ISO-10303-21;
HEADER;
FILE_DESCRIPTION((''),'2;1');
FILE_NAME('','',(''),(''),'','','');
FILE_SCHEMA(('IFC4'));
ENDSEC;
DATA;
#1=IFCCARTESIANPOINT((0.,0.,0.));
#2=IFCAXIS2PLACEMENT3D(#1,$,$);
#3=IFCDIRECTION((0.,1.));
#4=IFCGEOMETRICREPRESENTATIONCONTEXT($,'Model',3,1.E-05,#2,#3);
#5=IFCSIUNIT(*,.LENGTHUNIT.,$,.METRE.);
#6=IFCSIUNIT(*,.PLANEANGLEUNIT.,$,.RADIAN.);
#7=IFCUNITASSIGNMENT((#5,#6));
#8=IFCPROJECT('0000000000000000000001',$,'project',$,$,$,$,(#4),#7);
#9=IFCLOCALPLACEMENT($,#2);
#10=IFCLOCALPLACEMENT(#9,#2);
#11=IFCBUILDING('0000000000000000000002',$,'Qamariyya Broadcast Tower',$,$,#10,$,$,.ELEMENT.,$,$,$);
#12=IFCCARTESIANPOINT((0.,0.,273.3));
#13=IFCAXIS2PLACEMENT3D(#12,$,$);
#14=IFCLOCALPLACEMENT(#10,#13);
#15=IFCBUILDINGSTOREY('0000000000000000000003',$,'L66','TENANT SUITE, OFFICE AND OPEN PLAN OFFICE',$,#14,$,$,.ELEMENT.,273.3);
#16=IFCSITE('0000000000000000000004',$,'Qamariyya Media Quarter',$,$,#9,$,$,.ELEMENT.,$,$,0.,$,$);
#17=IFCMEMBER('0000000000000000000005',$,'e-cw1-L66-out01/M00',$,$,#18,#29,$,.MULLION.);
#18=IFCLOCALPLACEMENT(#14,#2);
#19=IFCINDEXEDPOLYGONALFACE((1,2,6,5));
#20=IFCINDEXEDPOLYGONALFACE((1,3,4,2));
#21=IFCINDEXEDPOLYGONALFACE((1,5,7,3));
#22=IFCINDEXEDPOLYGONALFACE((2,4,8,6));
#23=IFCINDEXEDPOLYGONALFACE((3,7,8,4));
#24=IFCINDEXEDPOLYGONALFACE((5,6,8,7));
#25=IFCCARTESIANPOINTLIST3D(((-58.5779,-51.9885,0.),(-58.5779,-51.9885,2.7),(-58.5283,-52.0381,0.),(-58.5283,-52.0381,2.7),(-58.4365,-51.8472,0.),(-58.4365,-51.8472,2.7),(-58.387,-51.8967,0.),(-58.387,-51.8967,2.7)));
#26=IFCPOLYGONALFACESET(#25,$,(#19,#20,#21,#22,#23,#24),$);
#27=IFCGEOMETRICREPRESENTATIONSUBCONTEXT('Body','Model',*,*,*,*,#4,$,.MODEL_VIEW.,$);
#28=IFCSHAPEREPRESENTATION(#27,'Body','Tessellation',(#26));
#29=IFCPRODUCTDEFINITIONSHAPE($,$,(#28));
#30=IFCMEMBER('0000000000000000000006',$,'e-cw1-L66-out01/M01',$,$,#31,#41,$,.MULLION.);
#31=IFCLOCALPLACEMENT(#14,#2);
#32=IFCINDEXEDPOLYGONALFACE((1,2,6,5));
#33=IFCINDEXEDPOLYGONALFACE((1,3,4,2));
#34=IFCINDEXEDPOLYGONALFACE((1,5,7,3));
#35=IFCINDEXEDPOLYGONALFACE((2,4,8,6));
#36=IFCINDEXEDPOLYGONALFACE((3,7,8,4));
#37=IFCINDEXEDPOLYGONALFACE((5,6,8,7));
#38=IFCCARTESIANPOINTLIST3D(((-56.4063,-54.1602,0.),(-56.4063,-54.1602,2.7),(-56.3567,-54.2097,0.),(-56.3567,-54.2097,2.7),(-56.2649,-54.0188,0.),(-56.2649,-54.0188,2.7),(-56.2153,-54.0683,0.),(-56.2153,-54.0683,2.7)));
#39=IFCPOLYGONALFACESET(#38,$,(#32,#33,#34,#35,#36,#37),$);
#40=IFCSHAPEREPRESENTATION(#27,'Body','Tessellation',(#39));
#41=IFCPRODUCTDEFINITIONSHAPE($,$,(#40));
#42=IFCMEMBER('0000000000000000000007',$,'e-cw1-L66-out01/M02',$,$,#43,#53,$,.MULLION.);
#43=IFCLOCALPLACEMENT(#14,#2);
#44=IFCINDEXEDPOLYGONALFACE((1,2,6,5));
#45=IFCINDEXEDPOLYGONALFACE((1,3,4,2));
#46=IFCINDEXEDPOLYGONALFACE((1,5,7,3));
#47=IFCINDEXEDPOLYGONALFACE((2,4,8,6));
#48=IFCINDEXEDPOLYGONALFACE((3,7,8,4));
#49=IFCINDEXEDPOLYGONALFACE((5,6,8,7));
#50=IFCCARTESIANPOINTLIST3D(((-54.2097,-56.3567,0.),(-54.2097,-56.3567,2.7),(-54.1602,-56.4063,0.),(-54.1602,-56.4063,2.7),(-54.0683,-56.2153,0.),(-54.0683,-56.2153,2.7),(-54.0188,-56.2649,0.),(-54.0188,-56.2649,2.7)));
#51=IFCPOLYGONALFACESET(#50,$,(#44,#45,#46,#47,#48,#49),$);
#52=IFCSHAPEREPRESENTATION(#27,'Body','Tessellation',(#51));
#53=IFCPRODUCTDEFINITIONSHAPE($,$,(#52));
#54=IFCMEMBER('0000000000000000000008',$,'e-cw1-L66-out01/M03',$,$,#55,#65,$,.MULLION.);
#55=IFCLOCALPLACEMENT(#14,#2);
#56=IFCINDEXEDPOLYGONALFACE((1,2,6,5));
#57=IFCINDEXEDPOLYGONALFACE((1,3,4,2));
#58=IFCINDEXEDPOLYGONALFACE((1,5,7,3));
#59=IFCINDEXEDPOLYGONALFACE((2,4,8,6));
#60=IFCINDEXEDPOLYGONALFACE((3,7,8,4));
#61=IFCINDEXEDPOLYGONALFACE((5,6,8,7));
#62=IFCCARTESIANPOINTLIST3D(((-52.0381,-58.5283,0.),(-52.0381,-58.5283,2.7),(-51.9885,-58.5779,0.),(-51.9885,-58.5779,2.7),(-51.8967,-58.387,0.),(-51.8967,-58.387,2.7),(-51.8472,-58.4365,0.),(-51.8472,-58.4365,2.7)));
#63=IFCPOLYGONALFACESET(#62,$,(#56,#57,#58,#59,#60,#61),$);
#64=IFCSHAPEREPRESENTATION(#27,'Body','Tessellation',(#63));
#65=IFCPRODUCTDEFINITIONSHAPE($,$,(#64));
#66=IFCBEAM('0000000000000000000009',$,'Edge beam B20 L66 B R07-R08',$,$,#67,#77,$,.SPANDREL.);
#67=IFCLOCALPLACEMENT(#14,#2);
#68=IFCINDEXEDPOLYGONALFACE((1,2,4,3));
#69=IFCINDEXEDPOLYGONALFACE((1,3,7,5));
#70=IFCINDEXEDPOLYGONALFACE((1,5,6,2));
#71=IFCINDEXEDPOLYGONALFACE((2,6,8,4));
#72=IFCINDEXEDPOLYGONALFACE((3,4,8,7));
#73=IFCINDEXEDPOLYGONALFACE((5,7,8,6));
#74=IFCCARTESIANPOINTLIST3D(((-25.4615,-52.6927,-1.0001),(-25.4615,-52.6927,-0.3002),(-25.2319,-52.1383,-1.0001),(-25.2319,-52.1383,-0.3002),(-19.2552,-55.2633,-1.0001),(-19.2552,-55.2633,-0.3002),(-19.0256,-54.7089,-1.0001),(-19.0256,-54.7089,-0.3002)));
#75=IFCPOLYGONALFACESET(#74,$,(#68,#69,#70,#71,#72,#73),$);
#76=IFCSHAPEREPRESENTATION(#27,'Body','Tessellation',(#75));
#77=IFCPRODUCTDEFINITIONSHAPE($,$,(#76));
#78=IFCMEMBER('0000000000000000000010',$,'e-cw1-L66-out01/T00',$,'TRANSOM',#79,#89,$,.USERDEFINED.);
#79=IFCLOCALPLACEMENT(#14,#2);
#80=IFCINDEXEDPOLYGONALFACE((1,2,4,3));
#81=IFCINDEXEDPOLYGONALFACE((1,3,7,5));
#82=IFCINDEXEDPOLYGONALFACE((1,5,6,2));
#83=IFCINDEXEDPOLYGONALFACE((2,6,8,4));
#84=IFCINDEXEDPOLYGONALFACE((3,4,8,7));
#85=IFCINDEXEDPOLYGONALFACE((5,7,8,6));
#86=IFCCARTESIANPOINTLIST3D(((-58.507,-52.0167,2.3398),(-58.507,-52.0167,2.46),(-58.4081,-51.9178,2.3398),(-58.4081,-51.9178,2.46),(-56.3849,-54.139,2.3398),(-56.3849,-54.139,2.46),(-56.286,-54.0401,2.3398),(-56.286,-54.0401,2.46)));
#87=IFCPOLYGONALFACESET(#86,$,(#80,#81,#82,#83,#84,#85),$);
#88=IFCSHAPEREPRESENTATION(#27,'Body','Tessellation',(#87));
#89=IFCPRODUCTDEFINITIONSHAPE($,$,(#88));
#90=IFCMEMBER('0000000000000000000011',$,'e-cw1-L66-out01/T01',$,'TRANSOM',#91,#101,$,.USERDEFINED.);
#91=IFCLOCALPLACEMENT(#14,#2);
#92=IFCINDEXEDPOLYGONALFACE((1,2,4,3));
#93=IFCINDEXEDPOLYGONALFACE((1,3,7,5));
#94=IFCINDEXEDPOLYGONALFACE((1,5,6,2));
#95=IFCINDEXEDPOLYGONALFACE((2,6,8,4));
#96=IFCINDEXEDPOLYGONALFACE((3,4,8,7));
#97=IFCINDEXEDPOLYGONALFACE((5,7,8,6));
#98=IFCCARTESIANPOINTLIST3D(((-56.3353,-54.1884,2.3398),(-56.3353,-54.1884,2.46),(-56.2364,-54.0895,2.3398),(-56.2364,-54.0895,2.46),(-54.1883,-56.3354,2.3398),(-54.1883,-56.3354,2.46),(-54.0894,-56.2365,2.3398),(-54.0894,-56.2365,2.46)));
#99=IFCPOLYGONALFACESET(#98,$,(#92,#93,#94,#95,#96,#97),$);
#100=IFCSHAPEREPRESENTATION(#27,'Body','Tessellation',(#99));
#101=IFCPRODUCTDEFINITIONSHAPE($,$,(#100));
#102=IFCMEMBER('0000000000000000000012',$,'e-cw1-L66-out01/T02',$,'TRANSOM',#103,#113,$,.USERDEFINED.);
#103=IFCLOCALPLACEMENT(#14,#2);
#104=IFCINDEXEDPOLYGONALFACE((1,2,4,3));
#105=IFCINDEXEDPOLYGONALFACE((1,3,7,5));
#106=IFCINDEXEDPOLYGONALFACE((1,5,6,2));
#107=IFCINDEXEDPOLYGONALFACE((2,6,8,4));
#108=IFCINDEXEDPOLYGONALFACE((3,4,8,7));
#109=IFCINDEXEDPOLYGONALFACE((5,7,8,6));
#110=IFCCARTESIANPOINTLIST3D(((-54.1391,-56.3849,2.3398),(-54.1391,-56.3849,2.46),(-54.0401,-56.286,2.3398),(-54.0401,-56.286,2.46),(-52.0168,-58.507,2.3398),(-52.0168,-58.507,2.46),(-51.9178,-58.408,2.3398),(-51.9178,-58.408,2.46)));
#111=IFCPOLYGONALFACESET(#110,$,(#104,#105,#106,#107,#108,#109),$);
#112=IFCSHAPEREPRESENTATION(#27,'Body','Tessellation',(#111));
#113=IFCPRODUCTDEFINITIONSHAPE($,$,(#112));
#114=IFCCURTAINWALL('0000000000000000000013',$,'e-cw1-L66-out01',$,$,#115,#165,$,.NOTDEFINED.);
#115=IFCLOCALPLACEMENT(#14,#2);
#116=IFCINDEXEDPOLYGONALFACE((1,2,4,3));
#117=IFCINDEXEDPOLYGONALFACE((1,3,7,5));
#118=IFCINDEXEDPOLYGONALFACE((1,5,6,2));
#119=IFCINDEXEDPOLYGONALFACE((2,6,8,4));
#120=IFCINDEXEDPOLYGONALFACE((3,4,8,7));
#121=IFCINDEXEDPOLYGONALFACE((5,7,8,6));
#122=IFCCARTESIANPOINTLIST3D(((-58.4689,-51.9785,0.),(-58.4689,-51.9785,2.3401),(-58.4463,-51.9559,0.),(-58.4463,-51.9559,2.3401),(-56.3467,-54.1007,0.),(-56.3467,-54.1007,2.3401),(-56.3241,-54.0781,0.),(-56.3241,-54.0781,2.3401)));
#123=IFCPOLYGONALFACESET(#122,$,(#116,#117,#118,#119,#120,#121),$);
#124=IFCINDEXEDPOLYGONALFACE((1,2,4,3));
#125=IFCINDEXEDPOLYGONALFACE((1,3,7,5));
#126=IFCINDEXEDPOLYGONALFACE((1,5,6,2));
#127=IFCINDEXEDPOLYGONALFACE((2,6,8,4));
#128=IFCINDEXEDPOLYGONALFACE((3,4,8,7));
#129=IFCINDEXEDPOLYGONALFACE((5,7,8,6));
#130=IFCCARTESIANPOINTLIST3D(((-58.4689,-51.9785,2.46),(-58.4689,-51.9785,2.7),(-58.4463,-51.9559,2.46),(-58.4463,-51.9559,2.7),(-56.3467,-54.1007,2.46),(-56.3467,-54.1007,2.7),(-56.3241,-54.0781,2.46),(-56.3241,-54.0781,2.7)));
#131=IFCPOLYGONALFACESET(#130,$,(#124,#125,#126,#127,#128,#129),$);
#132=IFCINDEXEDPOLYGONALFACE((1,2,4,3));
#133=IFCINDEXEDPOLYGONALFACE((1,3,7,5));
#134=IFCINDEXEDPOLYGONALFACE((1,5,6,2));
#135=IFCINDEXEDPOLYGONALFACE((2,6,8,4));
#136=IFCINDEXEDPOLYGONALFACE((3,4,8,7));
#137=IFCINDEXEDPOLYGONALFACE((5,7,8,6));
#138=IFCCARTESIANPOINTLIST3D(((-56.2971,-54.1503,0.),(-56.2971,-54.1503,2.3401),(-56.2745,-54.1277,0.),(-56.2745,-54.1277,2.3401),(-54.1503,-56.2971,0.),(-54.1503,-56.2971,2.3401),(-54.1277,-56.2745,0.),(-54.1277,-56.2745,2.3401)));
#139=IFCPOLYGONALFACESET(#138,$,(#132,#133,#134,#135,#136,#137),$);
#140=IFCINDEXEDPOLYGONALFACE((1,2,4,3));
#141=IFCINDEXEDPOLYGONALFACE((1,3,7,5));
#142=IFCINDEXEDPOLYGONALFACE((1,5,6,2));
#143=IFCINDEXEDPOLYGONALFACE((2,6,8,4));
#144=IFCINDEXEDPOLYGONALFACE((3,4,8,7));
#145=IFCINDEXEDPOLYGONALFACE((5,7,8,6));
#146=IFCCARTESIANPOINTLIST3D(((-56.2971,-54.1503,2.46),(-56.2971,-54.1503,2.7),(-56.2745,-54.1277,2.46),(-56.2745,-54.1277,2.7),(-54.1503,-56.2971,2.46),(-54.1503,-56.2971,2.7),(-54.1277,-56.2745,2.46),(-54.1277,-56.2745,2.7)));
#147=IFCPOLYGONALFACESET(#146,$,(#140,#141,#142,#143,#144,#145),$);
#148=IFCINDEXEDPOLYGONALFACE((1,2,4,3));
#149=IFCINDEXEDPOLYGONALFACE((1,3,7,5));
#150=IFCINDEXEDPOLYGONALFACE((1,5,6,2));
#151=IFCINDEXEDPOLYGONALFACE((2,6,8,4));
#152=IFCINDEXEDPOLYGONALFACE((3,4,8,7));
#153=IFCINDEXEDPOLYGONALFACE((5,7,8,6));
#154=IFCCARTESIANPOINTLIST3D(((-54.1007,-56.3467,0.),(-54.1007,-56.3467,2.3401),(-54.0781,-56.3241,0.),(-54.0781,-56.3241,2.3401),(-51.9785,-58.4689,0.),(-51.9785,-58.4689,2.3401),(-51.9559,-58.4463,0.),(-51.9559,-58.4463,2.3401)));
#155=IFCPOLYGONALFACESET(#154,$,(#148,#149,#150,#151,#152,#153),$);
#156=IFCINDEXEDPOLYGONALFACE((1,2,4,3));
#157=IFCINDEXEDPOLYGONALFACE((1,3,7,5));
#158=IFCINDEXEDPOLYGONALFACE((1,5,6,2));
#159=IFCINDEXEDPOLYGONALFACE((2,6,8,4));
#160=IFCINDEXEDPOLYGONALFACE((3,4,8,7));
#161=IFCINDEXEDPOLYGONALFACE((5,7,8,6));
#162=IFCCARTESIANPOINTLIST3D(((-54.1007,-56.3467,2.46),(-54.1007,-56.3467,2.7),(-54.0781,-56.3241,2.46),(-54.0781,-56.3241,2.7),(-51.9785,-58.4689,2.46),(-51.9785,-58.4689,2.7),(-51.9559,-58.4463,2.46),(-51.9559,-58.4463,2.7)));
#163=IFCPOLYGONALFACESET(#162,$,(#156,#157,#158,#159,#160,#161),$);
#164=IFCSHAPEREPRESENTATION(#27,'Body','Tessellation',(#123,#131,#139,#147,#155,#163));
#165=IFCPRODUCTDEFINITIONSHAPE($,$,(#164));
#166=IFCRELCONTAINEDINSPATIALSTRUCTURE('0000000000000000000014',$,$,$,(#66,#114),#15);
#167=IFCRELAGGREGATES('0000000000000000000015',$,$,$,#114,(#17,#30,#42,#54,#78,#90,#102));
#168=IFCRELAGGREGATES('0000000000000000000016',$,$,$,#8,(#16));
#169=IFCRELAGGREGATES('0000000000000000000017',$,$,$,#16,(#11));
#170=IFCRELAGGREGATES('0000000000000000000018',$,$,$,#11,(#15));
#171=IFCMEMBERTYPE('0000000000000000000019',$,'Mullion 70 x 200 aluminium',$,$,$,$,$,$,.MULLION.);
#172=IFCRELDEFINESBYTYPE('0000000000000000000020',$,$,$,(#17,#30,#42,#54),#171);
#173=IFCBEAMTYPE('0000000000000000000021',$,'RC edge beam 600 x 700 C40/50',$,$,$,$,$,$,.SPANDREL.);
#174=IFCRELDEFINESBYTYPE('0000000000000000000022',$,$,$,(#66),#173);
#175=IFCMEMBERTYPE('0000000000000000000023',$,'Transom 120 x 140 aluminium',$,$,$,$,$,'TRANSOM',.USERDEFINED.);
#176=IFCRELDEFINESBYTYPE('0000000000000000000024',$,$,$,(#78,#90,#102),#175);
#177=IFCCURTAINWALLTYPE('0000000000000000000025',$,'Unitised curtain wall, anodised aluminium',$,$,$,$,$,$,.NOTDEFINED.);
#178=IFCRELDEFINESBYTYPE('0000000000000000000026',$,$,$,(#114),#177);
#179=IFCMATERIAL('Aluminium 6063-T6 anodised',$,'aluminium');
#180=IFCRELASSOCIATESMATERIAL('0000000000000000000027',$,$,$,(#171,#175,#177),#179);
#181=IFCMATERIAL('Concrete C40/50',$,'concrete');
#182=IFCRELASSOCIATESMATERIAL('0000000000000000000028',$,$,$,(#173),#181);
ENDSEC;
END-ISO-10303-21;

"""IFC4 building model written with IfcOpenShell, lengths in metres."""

from ifc_helpers import new_model, si_unit, direction, frame, origin, origin_2d, place, context, subcontext, project, spatial, rectangle, extrude, material, material_profile, profile_set, type_object, element, aggregate, save


model = new_model("IFC4")

# Units and contexts
model_context = context("Model", 3, precision=1e-05, world=origin(), true_north=direction((0.0, 1.0)))
body_context = subcontext(model_context, "Body", "Model", "MODEL_VIEW")
ifc_project = project(units=[si_unit("LENGTHUNIT", "METRE"), si_unit("PLANEANGLEUNIT", "RADIAN")], contexts=[model_context])

# Site, building, storey
site_placement = place(None, origin())
site = spatial("IfcSite", under=ifc_project, at=site_placement, Name="Qamariyya Media Quarter", CompositionType="ELEMENT", RefElevation=0.0)
building_placement = place(site_placement, origin())
building = spatial("IfcBuilding", under=site, at=building_placement, Name="Qamariyya Broadcast Tower", CompositionType="ELEMENT")
storey_placement = place(building_placement, frame((0.0, 0.0, 273.3)))
storey = spatial("IfcBuildingStorey", under=building, at=storey_placement, Name="L66", Description="TENANT SUITE, OFFICE AND OPEN PLAN OFFICE", CompositionType="ELEMENT", Elevation=273.3)

# Members
ifc_material_1 = material(Name="Aluminium 6063-T6 anodised", Category="aluminium")
ifc_material_profile_1 = material_profile(ifc_material_1, rectangle(XDim=0.2, YDim=0.0701, at=origin_2d()))
ifc_profile_set_1 = profile_set([ifc_material_profile_1], Name="Aluminium 6063-T6 anodised")
member_type_1 = type_object("IfcMemberType", Name="Mullion 70 x 200 aluminium", PredefinedType="MULLION", material=ifc_profile_set_1)
member_1_placement = place(storey_placement, frame((-58.4824, -51.9426, 0.0), z_axis=(0.0, 0.0, 1.0), x_axis=(0.707107, 0.707107, 0.0)))
member_1 = element("IfcMember", 1, at=member_1_placement, type_object=member_type_1, Name="e-cw1-L66-out01/M00", PredefinedType="MULLION", context=body_context, shape_type="SweptSolid", body=[
    extrude(rectangle(XDim=0.2, YDim=0.0701, at=origin_2d()), origin(), (0.0, 0.0, 1.0), 2.7),
])
member_2_placement = place(storey_placement, frame((-56.3108, -54.1143, 0.0), z_axis=(0.0, 0.0, 1.0), x_axis=(0.707107, 0.707107, 0.0)))
member_2 = element("IfcMember", 2, at=member_2_placement, type_object=member_type_1, Name="e-cw1-L66-out01/M01", PredefinedType="MULLION", context=body_context, shape_type="SweptSolid", body=[
    extrude(rectangle(XDim=0.2, YDim=0.0701, at=origin_2d()), origin(), (0.0, 0.0, 1.0), 2.7),
])
member_3_placement = place(storey_placement, frame((-54.1143, -56.3108, 0.0), z_axis=(0.0, 0.0, 1.0), x_axis=(0.707107, 0.707107, 0.0)))
member_3 = element("IfcMember", 3, at=member_3_placement, type_object=member_type_1, Name="e-cw1-L66-out01/M02", PredefinedType="MULLION", context=body_context, shape_type="SweptSolid", body=[
    extrude(rectangle(XDim=0.2, YDim=0.0701, at=origin_2d()), origin(), (0.0, 0.0, 1.0), 2.7),
])
member_4_placement = place(storey_placement, frame((-51.9426, -58.4824, 0.0), z_axis=(0.0, 0.0, 1.0), x_axis=(0.707107, 0.707107, 0.0)))
member_4 = element("IfcMember", 4, at=member_4_placement, type_object=member_type_1, Name="e-cw1-L66-out01/M03", PredefinedType="MULLION", context=body_context, shape_type="SweptSolid", body=[
    extrude(rectangle(XDim=0.2, YDim=0.0701, at=origin_2d()), origin(), (0.0, 0.0, 1.0), 2.7),
])

# Beam
ifc_material_2 = material(Name="Concrete C40/50", Category="concrete")
ifc_material_profile_2 = material_profile(ifc_material_2, rectangle(XDim=0.6001, YDim=0.7, at=origin_2d()))
ifc_profile_set_2 = profile_set([ifc_material_profile_2], Name="Concrete C40/50")
beam_type = type_object("IfcBeamType", Name="RC edge beam 600 x 700 C40/50", PredefinedType="SPANDREL", material=ifc_profile_set_2)
beam_placement = place(storey_placement, frame((-25.3467, -52.4155, -0.6501), z_axis=(0.923889, -0.382661, 0.0), x_axis=(0.382661, 0.923889, 0.0)))
element("IfcBeam", 5, at=beam_placement, inside=storey, type_object=beam_type, Name="Edge beam B20 L66 B R07-R08", PredefinedType="SPANDREL", context=body_context, shape_type="SweptSolid", body=[
    extrude(rectangle(XDim=0.6001, YDim=0.7, at=origin_2d()), origin(), (0.0, 0.0, 1.0), 6.7175),
])

# Members
ifc_material_profile_3 = material_profile(ifc_material_1, rectangle(XDim=0.1399, YDim=0.1201, at=origin_2d()))
ifc_profile_set_3 = profile_set([ifc_material_profile_3], Name="Aluminium 6063-T6 anodised")
member_type_2 = type_object("IfcMemberType", Name="Transom 120 x 140 aluminium", ElementType="TRANSOM", PredefinedType="USERDEFINED", material=ifc_profile_set_3)
member_5_placement = place(storey_placement, frame((-58.4575, -51.9673, 2.3999), z_axis=(0.707066, -0.707147, 0.0), x_axis=(0.707147, 0.707066, 0.0)))
member_5 = element("IfcMember", 6, at=member_5_placement, type_object=member_type_2, Name="e-cw1-L66-out01/T00", ObjectType="TRANSOM", PredefinedType="USERDEFINED", context=body_context, shape_type="SweptSolid", body=[
    extrude(rectangle(XDim=0.1399, YDim=0.1201, at=origin_2d()), origin(), (0.0, 0.0, 1.0), 3.0012),
])
member_6_placement = place(storey_placement, frame((-56.2859, -54.1389, 2.3999), z_axis=(0.707107, -0.707107, 0.0), x_axis=(0.707107, 0.707107, 0.0)))
member_6 = element("IfcMember", 7, at=member_6_placement, type_object=member_type_2, Name="e-cw1-L66-out01/T01", ObjectType="TRANSOM", PredefinedType="USERDEFINED", context=body_context, shape_type="SweptSolid", body=[
    extrude(rectangle(XDim=0.1399, YDim=0.1201, at=origin_2d()), origin(), (0.0, 0.0, 1.0), 3.0364),
])
member_7_placement = place(storey_placement, frame((-54.0896, -56.3354, 2.3999), z_axis=(0.707147, -0.707066, 0.0), x_axis=(0.707066, 0.707147, 0.0)))
member_7 = element("IfcMember", 8, at=member_7_placement, type_object=member_type_2, Name="e-cw1-L66-out01/T02", ObjectType="TRANSOM", PredefinedType="USERDEFINED", context=body_context, shape_type="SweptSolid", body=[
    extrude(rectangle(XDim=0.1399, YDim=0.1201, at=origin_2d()), origin(), (0.0, 0.0, 1.0), 3.0012),
])

# Curtain wall
curtain_wall_type = type_object("IfcCurtainWallType", Name="Unitised curtain wall, anodised aluminium", PredefinedType="NOTDEFINED", material=ifc_material_1)
curtain_wall_1_placement = place(storey_placement, origin())
curtain_wall_1 = element("IfcCurtainWall", 9, at=curtain_wall_1_placement, inside=storey, type_object=curtain_wall_type, Name="e-cw1-L66-out01", PredefinedType="NOTDEFINED", context=body_context, shape_type="SweptSolid", body=[
    extrude(rectangle(XDim=3.0012, YDim=0.032, at=origin_2d()), frame((-57.3965, -53.0283, 0.0), x_axis=(0.707107, -0.707107, 0.0)), (0.0, 0.0, 1.0), 2.3401),
    extrude(rectangle(XDim=3.0012, YDim=0.032, at=origin_2d()), frame((-57.3965, -53.0283, 2.46), x_axis=(0.707107, -0.707107, 0.0)), (0.0, 0.0, 1.0), 0.24),
    extrude(rectangle(XDim=3.0361, YDim=0.032, at=origin_2d()), frame((-55.2124, -55.2124, 0.0), x_axis=(0.707107, -0.707107, 0.0)), (0.0, 0.0, 1.0), 2.3401),
    extrude(rectangle(XDim=3.0361, YDim=0.032, at=origin_2d()), frame((-55.2124, -55.2124, 2.46), x_axis=(0.707107, -0.707107, 0.0)), (0.0, 0.0, 1.0), 0.24),
    extrude(rectangle(XDim=3.0012, YDim=0.032, at=origin_2d()), frame((-53.0283, -57.3965, 0.0), x_axis=(0.707107, -0.707107, 0.0)), (0.0, 0.0, 1.0), 2.3401),
    extrude(rectangle(XDim=3.0012, YDim=0.032, at=origin_2d()), frame((-53.0283, -57.3965, 2.46), x_axis=(0.707107, -0.707107, 0.0)), (0.0, 0.0, 1.0), 0.24),
])
aggregate(curtain_wall_1, [member_1, member_2, member_3, member_4, member_5, member_6, member_7])

save(model, "model.ifc")
